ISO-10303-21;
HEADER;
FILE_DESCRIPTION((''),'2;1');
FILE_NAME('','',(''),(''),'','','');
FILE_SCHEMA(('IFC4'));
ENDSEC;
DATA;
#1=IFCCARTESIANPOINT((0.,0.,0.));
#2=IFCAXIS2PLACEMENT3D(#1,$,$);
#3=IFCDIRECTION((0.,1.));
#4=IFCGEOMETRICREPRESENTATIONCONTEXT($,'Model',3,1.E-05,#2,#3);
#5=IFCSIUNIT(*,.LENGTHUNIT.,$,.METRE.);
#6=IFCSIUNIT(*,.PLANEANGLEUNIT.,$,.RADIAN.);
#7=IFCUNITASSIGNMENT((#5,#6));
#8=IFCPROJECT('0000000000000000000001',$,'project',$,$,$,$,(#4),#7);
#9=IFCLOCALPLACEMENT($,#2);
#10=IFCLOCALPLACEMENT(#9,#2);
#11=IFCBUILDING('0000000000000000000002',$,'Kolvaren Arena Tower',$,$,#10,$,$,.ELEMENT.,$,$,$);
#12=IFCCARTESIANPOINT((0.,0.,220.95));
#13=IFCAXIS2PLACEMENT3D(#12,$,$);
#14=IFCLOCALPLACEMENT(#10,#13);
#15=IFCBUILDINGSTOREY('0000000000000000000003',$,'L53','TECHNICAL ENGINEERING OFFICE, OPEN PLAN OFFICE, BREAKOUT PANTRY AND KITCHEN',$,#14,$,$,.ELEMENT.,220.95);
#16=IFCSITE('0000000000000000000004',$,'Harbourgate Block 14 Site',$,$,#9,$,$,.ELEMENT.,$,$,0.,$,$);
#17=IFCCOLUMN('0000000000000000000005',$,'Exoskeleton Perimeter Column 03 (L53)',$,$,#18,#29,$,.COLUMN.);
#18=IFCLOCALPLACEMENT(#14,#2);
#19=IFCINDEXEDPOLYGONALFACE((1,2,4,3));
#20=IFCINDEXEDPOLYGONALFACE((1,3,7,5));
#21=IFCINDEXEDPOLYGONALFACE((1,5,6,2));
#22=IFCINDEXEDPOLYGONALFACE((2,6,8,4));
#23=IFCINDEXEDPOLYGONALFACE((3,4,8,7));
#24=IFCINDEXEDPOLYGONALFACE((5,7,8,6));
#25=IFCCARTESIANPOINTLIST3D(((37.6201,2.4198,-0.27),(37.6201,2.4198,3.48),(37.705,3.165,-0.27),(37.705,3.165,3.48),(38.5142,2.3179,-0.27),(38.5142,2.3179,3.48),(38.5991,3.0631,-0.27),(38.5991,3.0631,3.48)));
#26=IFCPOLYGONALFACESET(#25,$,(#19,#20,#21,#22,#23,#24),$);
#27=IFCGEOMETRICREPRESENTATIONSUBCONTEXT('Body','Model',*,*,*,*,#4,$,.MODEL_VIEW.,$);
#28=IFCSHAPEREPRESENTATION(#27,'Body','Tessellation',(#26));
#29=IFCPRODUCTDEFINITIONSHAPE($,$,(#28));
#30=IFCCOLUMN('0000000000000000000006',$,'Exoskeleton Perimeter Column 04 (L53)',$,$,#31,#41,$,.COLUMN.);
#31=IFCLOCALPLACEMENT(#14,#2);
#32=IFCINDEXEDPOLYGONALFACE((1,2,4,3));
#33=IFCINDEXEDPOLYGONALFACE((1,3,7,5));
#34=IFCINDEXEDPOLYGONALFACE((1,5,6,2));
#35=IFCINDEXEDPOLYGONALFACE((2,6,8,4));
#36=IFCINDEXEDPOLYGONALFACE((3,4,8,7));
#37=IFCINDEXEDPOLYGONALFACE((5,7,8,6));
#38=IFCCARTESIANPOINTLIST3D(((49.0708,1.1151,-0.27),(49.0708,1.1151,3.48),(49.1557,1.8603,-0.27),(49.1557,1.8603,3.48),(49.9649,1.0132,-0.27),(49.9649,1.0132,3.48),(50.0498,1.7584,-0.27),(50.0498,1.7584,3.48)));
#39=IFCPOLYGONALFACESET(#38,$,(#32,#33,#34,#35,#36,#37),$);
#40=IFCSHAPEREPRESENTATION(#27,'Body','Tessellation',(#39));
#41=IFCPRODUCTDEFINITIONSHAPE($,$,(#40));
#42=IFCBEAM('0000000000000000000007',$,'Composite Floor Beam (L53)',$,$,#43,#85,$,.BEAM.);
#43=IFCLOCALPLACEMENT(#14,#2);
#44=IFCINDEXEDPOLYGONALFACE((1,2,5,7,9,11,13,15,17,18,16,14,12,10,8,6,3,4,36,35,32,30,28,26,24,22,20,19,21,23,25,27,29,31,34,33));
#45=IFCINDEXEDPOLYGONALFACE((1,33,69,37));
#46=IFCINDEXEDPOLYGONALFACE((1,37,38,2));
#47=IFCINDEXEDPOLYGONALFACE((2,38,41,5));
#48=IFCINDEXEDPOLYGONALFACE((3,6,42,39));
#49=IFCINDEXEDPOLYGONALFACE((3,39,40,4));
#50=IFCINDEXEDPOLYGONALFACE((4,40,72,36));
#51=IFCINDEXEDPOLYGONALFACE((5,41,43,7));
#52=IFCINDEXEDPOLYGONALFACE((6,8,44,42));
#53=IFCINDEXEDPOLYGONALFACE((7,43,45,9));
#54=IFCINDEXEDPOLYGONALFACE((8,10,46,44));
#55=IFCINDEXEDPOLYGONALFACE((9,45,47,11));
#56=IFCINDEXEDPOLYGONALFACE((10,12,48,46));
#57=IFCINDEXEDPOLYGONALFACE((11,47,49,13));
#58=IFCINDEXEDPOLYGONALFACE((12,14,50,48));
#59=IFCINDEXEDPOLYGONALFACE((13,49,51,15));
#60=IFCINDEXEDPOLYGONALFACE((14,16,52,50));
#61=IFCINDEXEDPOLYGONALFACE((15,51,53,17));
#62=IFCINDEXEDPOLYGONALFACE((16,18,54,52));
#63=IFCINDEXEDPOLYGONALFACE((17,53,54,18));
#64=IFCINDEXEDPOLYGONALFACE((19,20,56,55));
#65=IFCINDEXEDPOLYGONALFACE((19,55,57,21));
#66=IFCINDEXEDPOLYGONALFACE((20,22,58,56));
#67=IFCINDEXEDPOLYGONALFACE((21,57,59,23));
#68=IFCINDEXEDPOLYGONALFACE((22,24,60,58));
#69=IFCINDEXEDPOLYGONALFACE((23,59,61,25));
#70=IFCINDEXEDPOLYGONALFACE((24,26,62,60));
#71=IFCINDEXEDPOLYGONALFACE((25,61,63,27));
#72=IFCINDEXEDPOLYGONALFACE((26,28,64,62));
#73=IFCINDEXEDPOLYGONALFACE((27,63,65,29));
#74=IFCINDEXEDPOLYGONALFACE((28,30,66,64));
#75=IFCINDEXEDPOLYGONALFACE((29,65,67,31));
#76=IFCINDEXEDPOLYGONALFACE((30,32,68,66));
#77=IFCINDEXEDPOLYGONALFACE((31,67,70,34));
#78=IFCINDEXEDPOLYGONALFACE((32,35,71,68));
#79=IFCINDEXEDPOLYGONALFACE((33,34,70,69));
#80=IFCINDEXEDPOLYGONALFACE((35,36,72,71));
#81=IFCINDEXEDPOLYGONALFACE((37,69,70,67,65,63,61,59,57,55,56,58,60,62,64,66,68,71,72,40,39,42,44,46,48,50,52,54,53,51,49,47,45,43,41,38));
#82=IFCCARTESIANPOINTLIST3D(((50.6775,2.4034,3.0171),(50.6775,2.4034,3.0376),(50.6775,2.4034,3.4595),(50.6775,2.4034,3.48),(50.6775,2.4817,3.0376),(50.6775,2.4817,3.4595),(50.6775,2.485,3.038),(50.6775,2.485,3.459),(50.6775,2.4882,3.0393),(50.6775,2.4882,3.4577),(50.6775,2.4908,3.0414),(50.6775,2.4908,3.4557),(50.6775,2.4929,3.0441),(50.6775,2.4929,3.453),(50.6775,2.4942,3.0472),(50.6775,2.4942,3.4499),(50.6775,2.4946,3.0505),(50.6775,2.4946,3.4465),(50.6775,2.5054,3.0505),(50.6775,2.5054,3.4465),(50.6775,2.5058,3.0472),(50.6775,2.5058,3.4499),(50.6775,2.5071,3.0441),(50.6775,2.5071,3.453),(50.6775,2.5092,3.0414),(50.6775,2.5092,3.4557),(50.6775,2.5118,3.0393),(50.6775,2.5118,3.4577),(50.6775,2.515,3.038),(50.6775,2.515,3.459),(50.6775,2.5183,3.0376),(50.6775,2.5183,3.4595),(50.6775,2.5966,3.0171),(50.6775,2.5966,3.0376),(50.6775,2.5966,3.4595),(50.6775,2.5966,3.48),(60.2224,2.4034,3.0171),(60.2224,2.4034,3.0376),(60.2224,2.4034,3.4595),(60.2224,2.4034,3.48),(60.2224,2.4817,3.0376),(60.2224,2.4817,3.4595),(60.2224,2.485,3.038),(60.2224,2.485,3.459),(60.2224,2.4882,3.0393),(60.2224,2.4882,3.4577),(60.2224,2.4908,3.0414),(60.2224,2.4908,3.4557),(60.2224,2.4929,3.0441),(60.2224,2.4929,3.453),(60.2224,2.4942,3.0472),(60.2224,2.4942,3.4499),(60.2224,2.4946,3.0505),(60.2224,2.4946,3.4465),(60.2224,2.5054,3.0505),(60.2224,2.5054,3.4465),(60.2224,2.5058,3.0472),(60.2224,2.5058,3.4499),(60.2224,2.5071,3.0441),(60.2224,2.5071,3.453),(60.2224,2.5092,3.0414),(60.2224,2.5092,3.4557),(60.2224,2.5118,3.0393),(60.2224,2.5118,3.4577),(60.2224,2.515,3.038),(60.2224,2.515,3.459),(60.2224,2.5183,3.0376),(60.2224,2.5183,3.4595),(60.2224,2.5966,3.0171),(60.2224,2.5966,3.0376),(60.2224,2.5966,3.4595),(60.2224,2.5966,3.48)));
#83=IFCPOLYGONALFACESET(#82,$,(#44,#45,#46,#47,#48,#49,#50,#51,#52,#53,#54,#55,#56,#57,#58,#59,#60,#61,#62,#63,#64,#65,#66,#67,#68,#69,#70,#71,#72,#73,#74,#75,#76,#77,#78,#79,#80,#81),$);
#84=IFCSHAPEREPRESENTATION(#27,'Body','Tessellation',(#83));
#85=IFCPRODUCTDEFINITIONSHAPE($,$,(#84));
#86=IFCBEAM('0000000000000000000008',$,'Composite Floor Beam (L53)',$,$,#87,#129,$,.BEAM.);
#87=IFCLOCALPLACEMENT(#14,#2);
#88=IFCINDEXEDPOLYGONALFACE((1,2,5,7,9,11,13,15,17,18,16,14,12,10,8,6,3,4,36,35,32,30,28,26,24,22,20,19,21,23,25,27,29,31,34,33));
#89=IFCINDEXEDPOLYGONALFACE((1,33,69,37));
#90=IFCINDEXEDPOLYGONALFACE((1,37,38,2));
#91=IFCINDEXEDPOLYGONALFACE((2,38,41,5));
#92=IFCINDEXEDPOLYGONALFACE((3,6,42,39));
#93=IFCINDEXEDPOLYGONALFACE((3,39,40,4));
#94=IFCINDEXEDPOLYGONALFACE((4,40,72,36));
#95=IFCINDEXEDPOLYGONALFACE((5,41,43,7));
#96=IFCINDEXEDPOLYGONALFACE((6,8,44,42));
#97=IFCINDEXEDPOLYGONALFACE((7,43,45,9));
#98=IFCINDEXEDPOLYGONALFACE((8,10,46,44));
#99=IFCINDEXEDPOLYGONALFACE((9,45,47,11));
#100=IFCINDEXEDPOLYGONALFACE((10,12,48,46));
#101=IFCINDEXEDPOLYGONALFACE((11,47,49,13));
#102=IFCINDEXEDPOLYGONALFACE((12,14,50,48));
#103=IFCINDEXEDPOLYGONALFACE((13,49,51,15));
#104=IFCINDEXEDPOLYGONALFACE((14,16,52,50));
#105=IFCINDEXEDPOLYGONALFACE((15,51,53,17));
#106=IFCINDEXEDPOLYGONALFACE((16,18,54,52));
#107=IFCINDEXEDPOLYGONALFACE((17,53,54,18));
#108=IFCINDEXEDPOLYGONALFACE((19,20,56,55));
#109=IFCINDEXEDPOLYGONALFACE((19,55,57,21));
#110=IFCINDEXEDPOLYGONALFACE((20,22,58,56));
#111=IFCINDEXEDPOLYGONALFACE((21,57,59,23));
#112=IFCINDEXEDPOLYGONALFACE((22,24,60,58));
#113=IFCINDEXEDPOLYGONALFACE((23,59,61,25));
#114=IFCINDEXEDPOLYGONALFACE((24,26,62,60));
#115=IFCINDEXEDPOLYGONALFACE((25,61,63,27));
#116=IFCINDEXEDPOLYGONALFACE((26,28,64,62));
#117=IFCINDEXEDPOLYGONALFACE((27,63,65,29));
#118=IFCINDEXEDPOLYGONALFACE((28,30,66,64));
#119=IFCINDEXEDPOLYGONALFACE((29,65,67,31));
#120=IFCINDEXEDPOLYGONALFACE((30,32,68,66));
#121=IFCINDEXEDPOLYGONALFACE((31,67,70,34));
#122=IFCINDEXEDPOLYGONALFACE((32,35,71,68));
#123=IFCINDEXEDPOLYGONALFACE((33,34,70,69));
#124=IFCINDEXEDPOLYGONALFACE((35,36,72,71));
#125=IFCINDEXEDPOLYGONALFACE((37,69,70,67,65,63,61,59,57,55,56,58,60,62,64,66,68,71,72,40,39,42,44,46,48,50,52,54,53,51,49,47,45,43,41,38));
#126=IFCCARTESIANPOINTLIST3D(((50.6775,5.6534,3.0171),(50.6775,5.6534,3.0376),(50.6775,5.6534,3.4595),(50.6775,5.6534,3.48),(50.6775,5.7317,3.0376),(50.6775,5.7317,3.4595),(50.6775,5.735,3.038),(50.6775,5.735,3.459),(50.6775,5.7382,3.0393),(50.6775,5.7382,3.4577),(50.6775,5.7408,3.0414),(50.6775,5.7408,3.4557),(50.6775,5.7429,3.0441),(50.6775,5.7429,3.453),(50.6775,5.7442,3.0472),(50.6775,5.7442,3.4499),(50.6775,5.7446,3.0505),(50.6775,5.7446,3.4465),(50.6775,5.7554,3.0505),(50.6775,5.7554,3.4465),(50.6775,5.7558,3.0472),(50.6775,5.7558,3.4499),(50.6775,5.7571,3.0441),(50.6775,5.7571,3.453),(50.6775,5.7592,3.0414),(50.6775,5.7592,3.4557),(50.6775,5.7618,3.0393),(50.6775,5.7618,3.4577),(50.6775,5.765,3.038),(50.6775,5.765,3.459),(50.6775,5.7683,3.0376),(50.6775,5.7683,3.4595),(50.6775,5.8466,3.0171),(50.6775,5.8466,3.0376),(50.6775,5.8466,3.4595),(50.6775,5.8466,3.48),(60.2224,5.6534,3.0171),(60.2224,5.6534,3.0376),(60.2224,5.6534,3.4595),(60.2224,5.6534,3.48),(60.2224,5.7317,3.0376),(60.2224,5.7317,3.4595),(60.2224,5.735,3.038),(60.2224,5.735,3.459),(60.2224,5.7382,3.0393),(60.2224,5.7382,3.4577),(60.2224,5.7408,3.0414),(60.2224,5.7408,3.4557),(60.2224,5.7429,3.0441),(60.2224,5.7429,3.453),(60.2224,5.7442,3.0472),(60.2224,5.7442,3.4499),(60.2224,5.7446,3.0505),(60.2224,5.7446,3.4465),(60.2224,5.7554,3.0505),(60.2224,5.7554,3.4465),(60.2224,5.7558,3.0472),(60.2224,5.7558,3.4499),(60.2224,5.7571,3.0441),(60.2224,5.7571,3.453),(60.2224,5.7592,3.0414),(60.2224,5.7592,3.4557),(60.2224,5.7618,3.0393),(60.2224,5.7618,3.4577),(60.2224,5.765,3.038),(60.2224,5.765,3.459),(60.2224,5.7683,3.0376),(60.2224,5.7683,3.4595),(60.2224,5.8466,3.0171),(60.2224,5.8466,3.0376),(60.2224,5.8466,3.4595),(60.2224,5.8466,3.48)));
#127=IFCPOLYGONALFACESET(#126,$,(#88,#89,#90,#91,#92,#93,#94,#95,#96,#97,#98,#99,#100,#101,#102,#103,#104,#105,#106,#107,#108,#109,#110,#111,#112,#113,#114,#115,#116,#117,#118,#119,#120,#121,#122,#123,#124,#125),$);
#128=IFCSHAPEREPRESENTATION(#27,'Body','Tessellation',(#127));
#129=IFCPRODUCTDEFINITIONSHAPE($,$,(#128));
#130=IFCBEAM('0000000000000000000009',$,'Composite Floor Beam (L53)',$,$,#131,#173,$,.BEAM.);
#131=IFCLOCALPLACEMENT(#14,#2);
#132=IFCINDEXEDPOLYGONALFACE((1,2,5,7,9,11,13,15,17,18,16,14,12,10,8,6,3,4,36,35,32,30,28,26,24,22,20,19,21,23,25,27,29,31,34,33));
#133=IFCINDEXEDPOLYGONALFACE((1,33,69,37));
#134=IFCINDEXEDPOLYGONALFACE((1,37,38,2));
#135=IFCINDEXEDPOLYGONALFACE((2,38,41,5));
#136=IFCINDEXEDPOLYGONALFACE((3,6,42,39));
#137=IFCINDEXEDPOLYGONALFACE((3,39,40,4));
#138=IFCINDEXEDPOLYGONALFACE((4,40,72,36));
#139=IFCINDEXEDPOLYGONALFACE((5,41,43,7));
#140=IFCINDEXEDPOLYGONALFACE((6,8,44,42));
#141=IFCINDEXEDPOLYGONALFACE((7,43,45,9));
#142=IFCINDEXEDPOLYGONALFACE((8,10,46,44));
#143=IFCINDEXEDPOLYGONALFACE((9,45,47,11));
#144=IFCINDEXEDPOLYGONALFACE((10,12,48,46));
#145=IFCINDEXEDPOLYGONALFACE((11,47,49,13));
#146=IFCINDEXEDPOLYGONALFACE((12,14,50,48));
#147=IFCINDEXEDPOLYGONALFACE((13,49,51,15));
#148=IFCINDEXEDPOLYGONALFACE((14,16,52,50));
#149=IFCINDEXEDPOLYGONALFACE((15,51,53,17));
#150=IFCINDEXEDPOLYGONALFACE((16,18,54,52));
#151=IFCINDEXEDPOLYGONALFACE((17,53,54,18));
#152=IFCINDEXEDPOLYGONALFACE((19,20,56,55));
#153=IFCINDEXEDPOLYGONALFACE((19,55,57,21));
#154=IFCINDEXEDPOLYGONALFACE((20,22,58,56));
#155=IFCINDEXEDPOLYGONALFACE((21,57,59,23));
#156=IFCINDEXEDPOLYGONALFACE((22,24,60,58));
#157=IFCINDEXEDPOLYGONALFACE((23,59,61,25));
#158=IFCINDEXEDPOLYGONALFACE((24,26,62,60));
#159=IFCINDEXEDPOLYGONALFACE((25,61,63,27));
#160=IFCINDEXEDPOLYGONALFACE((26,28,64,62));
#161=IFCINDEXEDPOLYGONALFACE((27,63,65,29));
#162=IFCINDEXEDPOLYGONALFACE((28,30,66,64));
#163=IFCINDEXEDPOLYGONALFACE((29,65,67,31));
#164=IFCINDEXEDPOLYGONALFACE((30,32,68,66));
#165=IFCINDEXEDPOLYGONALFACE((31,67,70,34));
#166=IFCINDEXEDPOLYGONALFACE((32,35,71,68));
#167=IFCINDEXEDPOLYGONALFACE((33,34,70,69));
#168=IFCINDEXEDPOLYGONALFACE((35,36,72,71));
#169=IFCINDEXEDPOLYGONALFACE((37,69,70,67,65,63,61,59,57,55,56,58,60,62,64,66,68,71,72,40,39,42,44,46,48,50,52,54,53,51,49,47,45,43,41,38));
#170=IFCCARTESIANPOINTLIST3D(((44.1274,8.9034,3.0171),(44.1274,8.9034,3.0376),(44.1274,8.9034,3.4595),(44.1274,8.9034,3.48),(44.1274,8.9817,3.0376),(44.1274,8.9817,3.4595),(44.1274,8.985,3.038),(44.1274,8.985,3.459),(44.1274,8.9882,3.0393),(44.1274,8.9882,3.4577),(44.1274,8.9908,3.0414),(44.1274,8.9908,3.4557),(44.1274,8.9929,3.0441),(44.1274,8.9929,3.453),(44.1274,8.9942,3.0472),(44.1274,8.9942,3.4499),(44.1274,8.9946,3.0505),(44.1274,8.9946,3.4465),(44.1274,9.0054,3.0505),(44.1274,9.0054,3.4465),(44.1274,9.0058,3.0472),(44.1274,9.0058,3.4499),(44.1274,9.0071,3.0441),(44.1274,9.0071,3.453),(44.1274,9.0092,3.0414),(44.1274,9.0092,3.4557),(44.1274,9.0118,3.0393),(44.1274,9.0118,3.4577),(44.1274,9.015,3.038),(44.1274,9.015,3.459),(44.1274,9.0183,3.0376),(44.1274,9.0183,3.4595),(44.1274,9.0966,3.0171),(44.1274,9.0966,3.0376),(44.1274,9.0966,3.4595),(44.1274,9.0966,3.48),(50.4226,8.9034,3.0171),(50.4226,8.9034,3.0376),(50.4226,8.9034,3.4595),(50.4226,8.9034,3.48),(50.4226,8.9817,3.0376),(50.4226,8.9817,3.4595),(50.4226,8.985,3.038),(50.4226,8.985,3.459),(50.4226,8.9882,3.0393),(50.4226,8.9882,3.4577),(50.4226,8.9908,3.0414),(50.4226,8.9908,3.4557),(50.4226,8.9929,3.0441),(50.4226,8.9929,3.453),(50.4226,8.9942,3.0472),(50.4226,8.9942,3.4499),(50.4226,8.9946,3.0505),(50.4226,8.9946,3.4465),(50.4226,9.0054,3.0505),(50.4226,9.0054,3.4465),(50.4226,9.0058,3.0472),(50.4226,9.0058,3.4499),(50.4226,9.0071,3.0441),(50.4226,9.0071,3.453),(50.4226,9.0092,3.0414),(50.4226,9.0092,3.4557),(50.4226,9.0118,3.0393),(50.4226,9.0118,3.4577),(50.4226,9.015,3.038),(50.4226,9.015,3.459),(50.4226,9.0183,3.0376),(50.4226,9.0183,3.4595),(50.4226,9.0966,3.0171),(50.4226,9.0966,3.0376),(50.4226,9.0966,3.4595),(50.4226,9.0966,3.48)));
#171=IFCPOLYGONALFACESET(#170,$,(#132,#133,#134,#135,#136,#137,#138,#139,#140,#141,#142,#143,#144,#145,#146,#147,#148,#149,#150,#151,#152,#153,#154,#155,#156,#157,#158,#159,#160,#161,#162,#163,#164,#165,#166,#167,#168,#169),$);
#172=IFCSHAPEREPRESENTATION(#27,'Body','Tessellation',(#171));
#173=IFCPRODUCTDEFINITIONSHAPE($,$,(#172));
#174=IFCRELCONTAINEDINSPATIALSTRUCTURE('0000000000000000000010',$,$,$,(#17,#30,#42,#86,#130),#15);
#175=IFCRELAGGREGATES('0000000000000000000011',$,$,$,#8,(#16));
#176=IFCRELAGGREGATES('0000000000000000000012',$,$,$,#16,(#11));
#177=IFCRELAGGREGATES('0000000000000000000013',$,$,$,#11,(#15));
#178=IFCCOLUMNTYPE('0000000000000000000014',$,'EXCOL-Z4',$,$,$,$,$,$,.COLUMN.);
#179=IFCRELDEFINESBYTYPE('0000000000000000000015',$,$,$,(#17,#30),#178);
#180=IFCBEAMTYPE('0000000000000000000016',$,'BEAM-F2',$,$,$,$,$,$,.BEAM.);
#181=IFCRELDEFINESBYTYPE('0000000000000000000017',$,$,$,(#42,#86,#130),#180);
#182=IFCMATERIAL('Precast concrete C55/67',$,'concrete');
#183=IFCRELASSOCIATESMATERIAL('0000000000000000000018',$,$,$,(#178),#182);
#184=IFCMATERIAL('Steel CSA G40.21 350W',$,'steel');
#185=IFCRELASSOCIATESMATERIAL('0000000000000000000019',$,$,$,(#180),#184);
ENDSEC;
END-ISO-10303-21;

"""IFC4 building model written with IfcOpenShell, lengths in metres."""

from ifc_helpers import new_model, si_unit, direction, frame, origin, origin_2d, place, context, subcontext, project, spatial, rectangle, i_section, extrude, material, material_profile, profile_set, type_object, element, save


model = new_model("IFC4")

# Units and contexts
model_context = context("Model", 3, precision=1e-05, world=origin(), true_north=direction((0.0, 1.0)))
body_context = subcontext(model_context, "Body", "Model", "MODEL_VIEW")
ifc_project = project(units=[si_unit("LENGTHUNIT", "METRE"), si_unit("PLANEANGLEUNIT", "RADIAN")], contexts=[model_context])

# Site, building, storey
site_placement = place(None, origin())
site = spatial("IfcSite", under=ifc_project, at=site_placement, Name="Harbourgate Block 14 Site", CompositionType="ELEMENT", RefElevation=0.0)
building_placement = place(site_placement, origin())
building = spatial("IfcBuilding", under=site, at=building_placement, Name="Kolvaren Arena Tower", CompositionType="ELEMENT")
storey_placement = place(building_placement, frame((0.0, 0.0, 220.95)))
storey = spatial("IfcBuildingStorey", under=building, at=storey_placement, Name="L53", Description="TECHNICAL ENGINEERING OFFICE, OPEN PLAN OFFICE, BREAKOUT PANTRY AND KITCHEN", CompositionType="ELEMENT", Elevation=220.95)

# Columns
ifc_material_1 = material(Name="Precast concrete C55/67", Category="concrete")
ifc_material_profile_1 = material_profile(ifc_material_1, rectangle(XDim=0.8999, YDim=0.75, at=origin_2d()), Name="RC-900x750")
ifc_profile_set_1 = profile_set([ifc_material_profile_1], Name="Precast concrete C55/67")
column_type = type_object("IfcColumnType", Name="EXCOL-Z4", PredefinedType="COLUMN", material=ifc_profile_set_1)
for number, where, z_axis, x_axis, name in (
    (1, (38.1096, 2.7415, -0.27), (0.0, 0.0, 1.0), (0.993572, -0.113203, 0.0), "Exoskeleton Perimeter Column 03 (L53)"),
    (2, (49.5603, 1.4368, -0.27), (0.0, 0.0, 1.0), (0.993572, -0.113203, 0.0), "Exoskeleton Perimeter Column 04 (L53)"),
):
    element("IfcColumn", number, at=place(storey_placement, frame(where, z_axis=z_axis, x_axis=x_axis)), inside=storey, type_object=column_type, Name=name, PredefinedType="COLUMN", context=body_context, shape_type="SweptSolid", body=[
        extrude(rectangle(XDim=0.8999, YDim=0.75, at=origin_2d()), origin(), (0.0, 0.0, 1.0), 3.75),
    ])

# Beams
ifc_material_2 = material(Name="Steel CSA G40.21 350W", Category="steel")
ifc_material_profile_2 = material_profile(ifc_material_2, i_section(OverallWidth=0.1931, OverallDepth=0.4629, WebThickness=0.0107, FlangeThickness=0.0205, FilletRadius=0.0129, at=origin_2d()), Name="W460x113")
ifc_profile_set_2 = profile_set([ifc_material_profile_2], Name="Steel CSA G40.21 350W")
beam_type_1 = type_object("IfcBeamType", Name="BEAM-F2", PredefinedType="BEAM", material=ifc_profile_set_2)
for number, where, z_axis, x_axis, name in (
    (3, (50.6775, 2.5, 3.2485), (1.0, 0.0, 0.0), (0.0, 1.0, 0.0), "Composite Floor Beam (L53)"),
    (4, (50.6775, 5.75, 3.2485), (1.0, 0.0, 0.0), (0.0, 1.0, 0.0), "Composite Floor Beam (L53)"),
):
    element("IfcBeam", number, at=place(storey_placement, frame(where, z_axis=z_axis, x_axis=x_axis)), inside=storey, type_object=beam_type_1, Name=name, PredefinedType="BEAM", context=body_context, shape_type="SweptSolid", body=[
        extrude(i_section(OverallWidth=0.1931, OverallDepth=0.4629, WebThickness=0.0107, FlangeThickness=0.0205, FilletRadius=0.0129, at=origin_2d()), origin(), (0.0, 0.0, 1.0), 9.5449),
    ])
beam_1_placement = place(storey_placement, frame((44.1274, 9.0, 3.2485), z_axis=(1.0, 0.0, 0.0), x_axis=(0.0, 1.0, 0.0)))
element("IfcBeam", 5, at=beam_1_placement, inside=storey, type_object=beam_type_1, Name="Composite Floor Beam (L53)", PredefinedType="BEAM", context=body_context, shape_type="SweptSolid", body=[
    extrude(i_section(OverallWidth=0.1931, OverallDepth=0.4629, WebThickness=0.0107, FlangeThickness=0.0205, FilletRadius=0.0129, at=origin_2d()), origin(), (0.0, 0.0, 1.0), 6.2952),
])

save(model, "model.ifc")
